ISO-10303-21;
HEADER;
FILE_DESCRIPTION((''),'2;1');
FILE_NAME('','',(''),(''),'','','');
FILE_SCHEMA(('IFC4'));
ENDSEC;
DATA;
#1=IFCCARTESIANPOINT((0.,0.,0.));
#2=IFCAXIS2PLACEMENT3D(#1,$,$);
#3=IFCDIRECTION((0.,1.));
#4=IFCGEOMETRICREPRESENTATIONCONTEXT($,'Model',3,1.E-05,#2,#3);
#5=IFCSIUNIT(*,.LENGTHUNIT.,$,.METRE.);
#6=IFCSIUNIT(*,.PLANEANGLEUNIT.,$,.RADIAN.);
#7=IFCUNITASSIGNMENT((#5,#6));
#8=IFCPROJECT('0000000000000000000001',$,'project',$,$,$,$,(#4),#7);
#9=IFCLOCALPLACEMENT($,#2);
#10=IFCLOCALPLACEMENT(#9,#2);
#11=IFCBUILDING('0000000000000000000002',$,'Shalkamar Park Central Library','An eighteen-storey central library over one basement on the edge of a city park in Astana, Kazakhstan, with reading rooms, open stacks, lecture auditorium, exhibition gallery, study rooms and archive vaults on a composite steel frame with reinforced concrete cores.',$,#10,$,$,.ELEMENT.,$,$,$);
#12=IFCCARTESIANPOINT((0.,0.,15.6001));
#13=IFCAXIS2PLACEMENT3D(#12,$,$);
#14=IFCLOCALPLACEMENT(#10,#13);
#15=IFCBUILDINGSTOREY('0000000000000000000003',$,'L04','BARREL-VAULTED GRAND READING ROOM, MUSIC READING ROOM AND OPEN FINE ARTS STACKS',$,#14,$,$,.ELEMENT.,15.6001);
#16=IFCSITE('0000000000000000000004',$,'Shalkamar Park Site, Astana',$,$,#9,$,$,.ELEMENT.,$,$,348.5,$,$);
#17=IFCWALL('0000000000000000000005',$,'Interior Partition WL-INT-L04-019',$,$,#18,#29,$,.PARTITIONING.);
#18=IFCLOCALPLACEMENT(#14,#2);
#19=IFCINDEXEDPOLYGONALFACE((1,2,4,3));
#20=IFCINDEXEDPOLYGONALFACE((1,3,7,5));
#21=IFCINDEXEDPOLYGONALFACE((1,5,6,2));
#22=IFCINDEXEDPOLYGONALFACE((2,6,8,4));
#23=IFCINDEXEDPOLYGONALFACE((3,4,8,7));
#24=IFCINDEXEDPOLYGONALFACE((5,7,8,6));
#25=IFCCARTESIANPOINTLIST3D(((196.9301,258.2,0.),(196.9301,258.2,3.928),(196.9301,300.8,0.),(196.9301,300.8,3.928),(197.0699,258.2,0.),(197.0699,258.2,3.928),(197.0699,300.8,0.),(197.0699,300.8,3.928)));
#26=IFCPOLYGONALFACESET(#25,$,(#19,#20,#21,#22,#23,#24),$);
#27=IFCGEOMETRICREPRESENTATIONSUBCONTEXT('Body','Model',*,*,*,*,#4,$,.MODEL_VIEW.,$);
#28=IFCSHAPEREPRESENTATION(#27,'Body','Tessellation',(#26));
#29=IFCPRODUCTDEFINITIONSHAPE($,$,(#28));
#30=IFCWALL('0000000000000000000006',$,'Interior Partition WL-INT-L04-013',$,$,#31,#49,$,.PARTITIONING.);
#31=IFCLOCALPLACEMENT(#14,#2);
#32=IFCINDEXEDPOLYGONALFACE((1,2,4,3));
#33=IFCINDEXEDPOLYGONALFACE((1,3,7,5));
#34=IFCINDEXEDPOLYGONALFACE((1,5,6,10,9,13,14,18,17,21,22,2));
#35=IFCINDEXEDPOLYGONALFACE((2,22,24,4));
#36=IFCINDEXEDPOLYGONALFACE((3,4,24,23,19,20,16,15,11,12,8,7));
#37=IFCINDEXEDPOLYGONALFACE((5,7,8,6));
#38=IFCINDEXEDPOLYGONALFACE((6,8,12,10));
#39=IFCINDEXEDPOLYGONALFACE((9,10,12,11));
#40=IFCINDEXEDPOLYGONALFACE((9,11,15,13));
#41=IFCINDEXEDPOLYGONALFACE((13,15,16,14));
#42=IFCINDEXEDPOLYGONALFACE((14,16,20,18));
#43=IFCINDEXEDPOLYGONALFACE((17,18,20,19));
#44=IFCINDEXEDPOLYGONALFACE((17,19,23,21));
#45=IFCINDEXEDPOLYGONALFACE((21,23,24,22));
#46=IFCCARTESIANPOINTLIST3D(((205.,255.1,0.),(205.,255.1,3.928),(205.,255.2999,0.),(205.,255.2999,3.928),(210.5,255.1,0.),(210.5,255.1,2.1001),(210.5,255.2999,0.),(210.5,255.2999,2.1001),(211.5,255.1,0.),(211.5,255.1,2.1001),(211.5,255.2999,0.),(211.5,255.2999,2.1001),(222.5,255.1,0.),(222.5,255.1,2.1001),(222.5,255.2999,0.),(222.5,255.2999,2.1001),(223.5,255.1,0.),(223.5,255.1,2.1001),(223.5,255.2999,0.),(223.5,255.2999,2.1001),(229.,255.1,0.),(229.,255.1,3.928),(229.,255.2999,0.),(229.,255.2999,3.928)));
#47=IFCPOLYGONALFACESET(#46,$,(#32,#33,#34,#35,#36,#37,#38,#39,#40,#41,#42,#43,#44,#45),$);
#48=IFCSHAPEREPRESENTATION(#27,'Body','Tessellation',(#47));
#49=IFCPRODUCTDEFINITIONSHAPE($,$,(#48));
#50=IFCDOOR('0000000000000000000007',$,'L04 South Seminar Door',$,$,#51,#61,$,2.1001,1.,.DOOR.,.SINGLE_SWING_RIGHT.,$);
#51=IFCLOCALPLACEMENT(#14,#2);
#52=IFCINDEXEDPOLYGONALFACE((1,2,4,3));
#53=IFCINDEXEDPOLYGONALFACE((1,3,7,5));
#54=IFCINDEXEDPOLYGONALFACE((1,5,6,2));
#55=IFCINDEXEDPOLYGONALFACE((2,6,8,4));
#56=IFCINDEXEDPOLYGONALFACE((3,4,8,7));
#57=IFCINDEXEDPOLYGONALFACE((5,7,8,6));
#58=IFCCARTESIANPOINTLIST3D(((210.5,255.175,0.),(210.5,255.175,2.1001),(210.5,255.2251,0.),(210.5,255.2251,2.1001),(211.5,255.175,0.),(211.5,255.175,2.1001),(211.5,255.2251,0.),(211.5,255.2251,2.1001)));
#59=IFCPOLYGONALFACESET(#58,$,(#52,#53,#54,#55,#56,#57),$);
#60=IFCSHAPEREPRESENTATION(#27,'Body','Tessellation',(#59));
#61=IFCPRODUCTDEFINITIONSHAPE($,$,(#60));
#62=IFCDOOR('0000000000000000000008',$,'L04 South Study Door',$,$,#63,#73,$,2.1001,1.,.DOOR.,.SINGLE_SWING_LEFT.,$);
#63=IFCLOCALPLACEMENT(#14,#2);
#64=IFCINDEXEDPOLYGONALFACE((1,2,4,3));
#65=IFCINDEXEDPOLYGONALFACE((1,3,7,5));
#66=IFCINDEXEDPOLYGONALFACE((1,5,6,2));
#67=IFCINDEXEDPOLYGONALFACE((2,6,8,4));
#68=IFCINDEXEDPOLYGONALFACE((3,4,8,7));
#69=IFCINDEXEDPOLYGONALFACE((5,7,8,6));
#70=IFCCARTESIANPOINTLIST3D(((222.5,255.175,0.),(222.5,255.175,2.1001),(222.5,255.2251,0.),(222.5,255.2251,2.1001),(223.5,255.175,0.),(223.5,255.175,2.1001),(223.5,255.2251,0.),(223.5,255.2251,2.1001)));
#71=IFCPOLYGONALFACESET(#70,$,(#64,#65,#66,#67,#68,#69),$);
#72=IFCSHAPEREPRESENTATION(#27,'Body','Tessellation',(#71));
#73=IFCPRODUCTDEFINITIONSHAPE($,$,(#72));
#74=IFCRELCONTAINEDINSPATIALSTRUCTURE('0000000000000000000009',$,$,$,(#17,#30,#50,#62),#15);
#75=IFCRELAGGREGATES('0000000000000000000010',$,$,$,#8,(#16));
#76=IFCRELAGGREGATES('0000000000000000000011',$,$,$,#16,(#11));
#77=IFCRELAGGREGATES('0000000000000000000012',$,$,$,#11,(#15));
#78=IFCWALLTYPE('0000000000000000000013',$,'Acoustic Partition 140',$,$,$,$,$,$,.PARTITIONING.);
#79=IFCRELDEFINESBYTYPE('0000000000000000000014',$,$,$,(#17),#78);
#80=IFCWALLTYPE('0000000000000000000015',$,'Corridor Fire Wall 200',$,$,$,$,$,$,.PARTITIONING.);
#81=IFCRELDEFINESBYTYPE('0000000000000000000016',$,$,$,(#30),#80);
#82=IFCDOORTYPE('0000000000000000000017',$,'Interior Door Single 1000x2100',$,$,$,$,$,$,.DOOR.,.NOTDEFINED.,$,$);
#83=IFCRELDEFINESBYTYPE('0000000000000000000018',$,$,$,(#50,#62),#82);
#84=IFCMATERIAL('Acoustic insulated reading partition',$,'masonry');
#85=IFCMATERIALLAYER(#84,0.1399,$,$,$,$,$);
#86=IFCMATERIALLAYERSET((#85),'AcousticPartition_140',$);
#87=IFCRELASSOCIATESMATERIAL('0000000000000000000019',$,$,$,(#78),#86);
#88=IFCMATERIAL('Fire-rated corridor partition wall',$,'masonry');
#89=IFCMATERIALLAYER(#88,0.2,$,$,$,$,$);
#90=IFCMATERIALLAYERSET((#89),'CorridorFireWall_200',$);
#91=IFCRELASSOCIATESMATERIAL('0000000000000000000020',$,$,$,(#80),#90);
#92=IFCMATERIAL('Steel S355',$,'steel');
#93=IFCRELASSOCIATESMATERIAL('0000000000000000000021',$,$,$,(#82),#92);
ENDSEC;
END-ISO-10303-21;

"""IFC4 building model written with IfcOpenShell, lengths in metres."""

from ifc_helpers import new_model, si_unit, direction, frame, frame_2d, origin, place, context, subcontext, project, spatial, rectangle, extrude, material, layer, layer_set, type_object, element, fill, save


model = new_model("IFC4")

# Units and contexts
model_context = context("Model", 3, precision=1e-05, world=origin(), true_north=direction((0.0, 1.0)))
body_context = subcontext(model_context, "Body", "Model", "MODEL_VIEW")
ifc_project = project(units=[si_unit("LENGTHUNIT", "METRE"), si_unit("PLANEANGLEUNIT", "RADIAN")], contexts=[model_context])

# Site, building, storey
site_placement = place(None, origin())
site = spatial("IfcSite", under=ifc_project, at=site_placement, Name="Shalkamar Park Site, Astana", CompositionType="ELEMENT", RefElevation=348.5)
building_placement = place(site_placement, origin())
building = spatial("IfcBuilding", under=site, at=building_placement, Name="Shalkamar Park Central Library", Description="An eighteen-storey central library over one basement on the edge of a city park in Astana, Kazakhstan, with reading rooms, open stacks, lecture auditorium, exhibition gallery, study rooms and archive vaults on a composite steel frame with reinforced concrete cores.", CompositionType="ELEMENT")
storey_placement = place(building_placement, frame((0.0, 0.0, 15.6001)))
storey = spatial("IfcBuildingStorey", under=building, at=storey_placement, Name="L04", Description="BARREL-VAULTED GRAND READING ROOM, MUSIC READING ROOM AND OPEN FINE ARTS STACKS", CompositionType="ELEMENT", Elevation=15.6001)

# Shared definitions
ifc_material_1 = material(Name="Steel S355", Category="steel")

# Wall
ifc_material_2 = material(Name="Acoustic insulated reading partition", Category="masonry")
ifc_layer_1 = layer(ifc_material_2, 0.1399)
ifc_layer_set_1 = layer_set([ifc_layer_1], Name="AcousticPartition_140")
wall_type_1 = type_object("IfcWallType", Name="Acoustic Partition 140", PredefinedType="PARTITIONING", material=ifc_layer_set_1)
wall_1_placement = place(storey_placement, frame((197.0, 258.2, 0.0), z_axis=(0.0, 0.0, 1.0), x_axis=(0.0, 1.0, 0.0)))
element("IfcWall", 1, at=wall_1_placement, inside=storey, type_object=wall_type_1, Name="Interior Partition WL-INT-L04-019", PredefinedType="PARTITIONING", context=body_context, shape_type="SweptSolid", body=[
    extrude(rectangle(XDim=42.6001, YDim=0.1399, at=frame_2d((21.3, 0.0))), origin(), (0.0, 0.0, 1.0), 3.928),
])

# Wall, openings, doors
ifc_material_3 = material(Name="Fire-rated corridor partition wall", Category="masonry")
ifc_layer_2 = layer(ifc_material_3, 0.2)
ifc_layer_set_2 = layer_set([ifc_layer_2], Name="CorridorFireWall_200")
wall_type_2 = type_object("IfcWallType", Name="Corridor Fire Wall 200", PredefinedType="PARTITIONING", material=ifc_layer_set_2)
wall_2_placement = place(storey_placement, frame((205.0, 255.2, 0.0), z_axis=(0.0, 0.0, 1.0), x_axis=(1.0, 0.0, 0.0)))
wall_2 = element("IfcWall", 2, at=wall_2_placement, inside=storey, type_object=wall_type_2, Name="Interior Partition WL-INT-L04-013", PredefinedType="PARTITIONING", context=body_context, shape_type="SweptSolid", body=[
    extrude(rectangle(XDim=24.0, YDim=0.2, at=frame_2d((12.0, 0.0))), origin(), (0.0, 0.0, 1.0), 3.928),
])
opening_1_placement = place(wall_2_placement, frame((5.5, 0.0, 0.0)))
opening_1 = element("IfcOpeningElement", 3, at=opening_1_placement, cuts=wall_2, PredefinedType="OPENING", context=body_context, shape_type="SweptSolid", body=[
    extrude(rectangle(XDim=1.0, YDim=2.1001, at=frame_2d((0.5, 1.05))), frame((0.0, 0.1147, 0.0), z_axis=(0.0, -1.0, 0.0), x_axis=(1.0, 0.0, 0.0)), (0.0, 0.0, 1.0), 0.2297),
])
opening_2_placement = place(wall_2_placement, frame((17.5, 0.0, 0.0)))
opening_2 = element("IfcOpeningElement", 4, at=opening_2_placement, cuts=wall_2, PredefinedType="OPENING", context=body_context, shape_type="SweptSolid", body=[
    extrude(rectangle(XDim=1.0, YDim=2.1001, at=frame_2d((0.5, 1.05))), frame((0.0, 0.1147, 0.0), z_axis=(0.0, -1.0, 0.0), x_axis=(1.0, 0.0, 0.0)), (0.0, 0.0, 1.0), 0.2297),
])
door_type = type_object("IfcDoorType", Name="Interior Door Single 1000x2100", OperationType="NOTDEFINED", PredefinedType="DOOR", material=ifc_material_1)
door_1_placement = place(opening_1_placement, frame((1.0, 0.0, 0.0), z_axis=(0.0, 0.0, 1.0), x_axis=(-1.0, 0.0, 0.0)))
door_1 = element("IfcDoor", 5, at=door_1_placement, inside=storey, type_object=door_type, Name="L04 South Seminar Door", OperationType="SINGLE_SWING_RIGHT", OverallHeight=2.1001, OverallWidth=1.0, PredefinedType="DOOR", context=body_context, shape_type="SweptSolid", body=[
    extrude(rectangle(XDim=1.0, YDim=2.1001, at=frame_2d((0.5, 1.05))), frame((0.0, 0.0249, 0.0), z_axis=(0.0, -1.0, 0.0), x_axis=(1.0, 0.0, 0.0)), (0.0, 0.0, 1.0), 0.05),
])
fill(opening_1, door_1)
door_2_placement = place(opening_2_placement, frame((1.0, 0.0, 0.0), z_axis=(0.0, 0.0, 1.0), x_axis=(-1.0, 0.0, 0.0)))
door_2 = element("IfcDoor", 6, at=door_2_placement, inside=storey, type_object=door_type, Name="L04 South Study Door", OperationType="SINGLE_SWING_LEFT", OverallHeight=2.1001, OverallWidth=1.0, PredefinedType="DOOR", context=body_context, shape_type="SweptSolid", body=[
    extrude(rectangle(XDim=1.0, YDim=2.1001, at=frame_2d((0.5, 1.05))), frame((0.0, 0.0249, 0.0), z_axis=(0.0, -1.0, 0.0), x_axis=(1.0, 0.0, 0.0)), (0.0, 0.0, 1.0), 0.05),
])
fill(opening_2, door_2)

save(model, "model.ifc")
